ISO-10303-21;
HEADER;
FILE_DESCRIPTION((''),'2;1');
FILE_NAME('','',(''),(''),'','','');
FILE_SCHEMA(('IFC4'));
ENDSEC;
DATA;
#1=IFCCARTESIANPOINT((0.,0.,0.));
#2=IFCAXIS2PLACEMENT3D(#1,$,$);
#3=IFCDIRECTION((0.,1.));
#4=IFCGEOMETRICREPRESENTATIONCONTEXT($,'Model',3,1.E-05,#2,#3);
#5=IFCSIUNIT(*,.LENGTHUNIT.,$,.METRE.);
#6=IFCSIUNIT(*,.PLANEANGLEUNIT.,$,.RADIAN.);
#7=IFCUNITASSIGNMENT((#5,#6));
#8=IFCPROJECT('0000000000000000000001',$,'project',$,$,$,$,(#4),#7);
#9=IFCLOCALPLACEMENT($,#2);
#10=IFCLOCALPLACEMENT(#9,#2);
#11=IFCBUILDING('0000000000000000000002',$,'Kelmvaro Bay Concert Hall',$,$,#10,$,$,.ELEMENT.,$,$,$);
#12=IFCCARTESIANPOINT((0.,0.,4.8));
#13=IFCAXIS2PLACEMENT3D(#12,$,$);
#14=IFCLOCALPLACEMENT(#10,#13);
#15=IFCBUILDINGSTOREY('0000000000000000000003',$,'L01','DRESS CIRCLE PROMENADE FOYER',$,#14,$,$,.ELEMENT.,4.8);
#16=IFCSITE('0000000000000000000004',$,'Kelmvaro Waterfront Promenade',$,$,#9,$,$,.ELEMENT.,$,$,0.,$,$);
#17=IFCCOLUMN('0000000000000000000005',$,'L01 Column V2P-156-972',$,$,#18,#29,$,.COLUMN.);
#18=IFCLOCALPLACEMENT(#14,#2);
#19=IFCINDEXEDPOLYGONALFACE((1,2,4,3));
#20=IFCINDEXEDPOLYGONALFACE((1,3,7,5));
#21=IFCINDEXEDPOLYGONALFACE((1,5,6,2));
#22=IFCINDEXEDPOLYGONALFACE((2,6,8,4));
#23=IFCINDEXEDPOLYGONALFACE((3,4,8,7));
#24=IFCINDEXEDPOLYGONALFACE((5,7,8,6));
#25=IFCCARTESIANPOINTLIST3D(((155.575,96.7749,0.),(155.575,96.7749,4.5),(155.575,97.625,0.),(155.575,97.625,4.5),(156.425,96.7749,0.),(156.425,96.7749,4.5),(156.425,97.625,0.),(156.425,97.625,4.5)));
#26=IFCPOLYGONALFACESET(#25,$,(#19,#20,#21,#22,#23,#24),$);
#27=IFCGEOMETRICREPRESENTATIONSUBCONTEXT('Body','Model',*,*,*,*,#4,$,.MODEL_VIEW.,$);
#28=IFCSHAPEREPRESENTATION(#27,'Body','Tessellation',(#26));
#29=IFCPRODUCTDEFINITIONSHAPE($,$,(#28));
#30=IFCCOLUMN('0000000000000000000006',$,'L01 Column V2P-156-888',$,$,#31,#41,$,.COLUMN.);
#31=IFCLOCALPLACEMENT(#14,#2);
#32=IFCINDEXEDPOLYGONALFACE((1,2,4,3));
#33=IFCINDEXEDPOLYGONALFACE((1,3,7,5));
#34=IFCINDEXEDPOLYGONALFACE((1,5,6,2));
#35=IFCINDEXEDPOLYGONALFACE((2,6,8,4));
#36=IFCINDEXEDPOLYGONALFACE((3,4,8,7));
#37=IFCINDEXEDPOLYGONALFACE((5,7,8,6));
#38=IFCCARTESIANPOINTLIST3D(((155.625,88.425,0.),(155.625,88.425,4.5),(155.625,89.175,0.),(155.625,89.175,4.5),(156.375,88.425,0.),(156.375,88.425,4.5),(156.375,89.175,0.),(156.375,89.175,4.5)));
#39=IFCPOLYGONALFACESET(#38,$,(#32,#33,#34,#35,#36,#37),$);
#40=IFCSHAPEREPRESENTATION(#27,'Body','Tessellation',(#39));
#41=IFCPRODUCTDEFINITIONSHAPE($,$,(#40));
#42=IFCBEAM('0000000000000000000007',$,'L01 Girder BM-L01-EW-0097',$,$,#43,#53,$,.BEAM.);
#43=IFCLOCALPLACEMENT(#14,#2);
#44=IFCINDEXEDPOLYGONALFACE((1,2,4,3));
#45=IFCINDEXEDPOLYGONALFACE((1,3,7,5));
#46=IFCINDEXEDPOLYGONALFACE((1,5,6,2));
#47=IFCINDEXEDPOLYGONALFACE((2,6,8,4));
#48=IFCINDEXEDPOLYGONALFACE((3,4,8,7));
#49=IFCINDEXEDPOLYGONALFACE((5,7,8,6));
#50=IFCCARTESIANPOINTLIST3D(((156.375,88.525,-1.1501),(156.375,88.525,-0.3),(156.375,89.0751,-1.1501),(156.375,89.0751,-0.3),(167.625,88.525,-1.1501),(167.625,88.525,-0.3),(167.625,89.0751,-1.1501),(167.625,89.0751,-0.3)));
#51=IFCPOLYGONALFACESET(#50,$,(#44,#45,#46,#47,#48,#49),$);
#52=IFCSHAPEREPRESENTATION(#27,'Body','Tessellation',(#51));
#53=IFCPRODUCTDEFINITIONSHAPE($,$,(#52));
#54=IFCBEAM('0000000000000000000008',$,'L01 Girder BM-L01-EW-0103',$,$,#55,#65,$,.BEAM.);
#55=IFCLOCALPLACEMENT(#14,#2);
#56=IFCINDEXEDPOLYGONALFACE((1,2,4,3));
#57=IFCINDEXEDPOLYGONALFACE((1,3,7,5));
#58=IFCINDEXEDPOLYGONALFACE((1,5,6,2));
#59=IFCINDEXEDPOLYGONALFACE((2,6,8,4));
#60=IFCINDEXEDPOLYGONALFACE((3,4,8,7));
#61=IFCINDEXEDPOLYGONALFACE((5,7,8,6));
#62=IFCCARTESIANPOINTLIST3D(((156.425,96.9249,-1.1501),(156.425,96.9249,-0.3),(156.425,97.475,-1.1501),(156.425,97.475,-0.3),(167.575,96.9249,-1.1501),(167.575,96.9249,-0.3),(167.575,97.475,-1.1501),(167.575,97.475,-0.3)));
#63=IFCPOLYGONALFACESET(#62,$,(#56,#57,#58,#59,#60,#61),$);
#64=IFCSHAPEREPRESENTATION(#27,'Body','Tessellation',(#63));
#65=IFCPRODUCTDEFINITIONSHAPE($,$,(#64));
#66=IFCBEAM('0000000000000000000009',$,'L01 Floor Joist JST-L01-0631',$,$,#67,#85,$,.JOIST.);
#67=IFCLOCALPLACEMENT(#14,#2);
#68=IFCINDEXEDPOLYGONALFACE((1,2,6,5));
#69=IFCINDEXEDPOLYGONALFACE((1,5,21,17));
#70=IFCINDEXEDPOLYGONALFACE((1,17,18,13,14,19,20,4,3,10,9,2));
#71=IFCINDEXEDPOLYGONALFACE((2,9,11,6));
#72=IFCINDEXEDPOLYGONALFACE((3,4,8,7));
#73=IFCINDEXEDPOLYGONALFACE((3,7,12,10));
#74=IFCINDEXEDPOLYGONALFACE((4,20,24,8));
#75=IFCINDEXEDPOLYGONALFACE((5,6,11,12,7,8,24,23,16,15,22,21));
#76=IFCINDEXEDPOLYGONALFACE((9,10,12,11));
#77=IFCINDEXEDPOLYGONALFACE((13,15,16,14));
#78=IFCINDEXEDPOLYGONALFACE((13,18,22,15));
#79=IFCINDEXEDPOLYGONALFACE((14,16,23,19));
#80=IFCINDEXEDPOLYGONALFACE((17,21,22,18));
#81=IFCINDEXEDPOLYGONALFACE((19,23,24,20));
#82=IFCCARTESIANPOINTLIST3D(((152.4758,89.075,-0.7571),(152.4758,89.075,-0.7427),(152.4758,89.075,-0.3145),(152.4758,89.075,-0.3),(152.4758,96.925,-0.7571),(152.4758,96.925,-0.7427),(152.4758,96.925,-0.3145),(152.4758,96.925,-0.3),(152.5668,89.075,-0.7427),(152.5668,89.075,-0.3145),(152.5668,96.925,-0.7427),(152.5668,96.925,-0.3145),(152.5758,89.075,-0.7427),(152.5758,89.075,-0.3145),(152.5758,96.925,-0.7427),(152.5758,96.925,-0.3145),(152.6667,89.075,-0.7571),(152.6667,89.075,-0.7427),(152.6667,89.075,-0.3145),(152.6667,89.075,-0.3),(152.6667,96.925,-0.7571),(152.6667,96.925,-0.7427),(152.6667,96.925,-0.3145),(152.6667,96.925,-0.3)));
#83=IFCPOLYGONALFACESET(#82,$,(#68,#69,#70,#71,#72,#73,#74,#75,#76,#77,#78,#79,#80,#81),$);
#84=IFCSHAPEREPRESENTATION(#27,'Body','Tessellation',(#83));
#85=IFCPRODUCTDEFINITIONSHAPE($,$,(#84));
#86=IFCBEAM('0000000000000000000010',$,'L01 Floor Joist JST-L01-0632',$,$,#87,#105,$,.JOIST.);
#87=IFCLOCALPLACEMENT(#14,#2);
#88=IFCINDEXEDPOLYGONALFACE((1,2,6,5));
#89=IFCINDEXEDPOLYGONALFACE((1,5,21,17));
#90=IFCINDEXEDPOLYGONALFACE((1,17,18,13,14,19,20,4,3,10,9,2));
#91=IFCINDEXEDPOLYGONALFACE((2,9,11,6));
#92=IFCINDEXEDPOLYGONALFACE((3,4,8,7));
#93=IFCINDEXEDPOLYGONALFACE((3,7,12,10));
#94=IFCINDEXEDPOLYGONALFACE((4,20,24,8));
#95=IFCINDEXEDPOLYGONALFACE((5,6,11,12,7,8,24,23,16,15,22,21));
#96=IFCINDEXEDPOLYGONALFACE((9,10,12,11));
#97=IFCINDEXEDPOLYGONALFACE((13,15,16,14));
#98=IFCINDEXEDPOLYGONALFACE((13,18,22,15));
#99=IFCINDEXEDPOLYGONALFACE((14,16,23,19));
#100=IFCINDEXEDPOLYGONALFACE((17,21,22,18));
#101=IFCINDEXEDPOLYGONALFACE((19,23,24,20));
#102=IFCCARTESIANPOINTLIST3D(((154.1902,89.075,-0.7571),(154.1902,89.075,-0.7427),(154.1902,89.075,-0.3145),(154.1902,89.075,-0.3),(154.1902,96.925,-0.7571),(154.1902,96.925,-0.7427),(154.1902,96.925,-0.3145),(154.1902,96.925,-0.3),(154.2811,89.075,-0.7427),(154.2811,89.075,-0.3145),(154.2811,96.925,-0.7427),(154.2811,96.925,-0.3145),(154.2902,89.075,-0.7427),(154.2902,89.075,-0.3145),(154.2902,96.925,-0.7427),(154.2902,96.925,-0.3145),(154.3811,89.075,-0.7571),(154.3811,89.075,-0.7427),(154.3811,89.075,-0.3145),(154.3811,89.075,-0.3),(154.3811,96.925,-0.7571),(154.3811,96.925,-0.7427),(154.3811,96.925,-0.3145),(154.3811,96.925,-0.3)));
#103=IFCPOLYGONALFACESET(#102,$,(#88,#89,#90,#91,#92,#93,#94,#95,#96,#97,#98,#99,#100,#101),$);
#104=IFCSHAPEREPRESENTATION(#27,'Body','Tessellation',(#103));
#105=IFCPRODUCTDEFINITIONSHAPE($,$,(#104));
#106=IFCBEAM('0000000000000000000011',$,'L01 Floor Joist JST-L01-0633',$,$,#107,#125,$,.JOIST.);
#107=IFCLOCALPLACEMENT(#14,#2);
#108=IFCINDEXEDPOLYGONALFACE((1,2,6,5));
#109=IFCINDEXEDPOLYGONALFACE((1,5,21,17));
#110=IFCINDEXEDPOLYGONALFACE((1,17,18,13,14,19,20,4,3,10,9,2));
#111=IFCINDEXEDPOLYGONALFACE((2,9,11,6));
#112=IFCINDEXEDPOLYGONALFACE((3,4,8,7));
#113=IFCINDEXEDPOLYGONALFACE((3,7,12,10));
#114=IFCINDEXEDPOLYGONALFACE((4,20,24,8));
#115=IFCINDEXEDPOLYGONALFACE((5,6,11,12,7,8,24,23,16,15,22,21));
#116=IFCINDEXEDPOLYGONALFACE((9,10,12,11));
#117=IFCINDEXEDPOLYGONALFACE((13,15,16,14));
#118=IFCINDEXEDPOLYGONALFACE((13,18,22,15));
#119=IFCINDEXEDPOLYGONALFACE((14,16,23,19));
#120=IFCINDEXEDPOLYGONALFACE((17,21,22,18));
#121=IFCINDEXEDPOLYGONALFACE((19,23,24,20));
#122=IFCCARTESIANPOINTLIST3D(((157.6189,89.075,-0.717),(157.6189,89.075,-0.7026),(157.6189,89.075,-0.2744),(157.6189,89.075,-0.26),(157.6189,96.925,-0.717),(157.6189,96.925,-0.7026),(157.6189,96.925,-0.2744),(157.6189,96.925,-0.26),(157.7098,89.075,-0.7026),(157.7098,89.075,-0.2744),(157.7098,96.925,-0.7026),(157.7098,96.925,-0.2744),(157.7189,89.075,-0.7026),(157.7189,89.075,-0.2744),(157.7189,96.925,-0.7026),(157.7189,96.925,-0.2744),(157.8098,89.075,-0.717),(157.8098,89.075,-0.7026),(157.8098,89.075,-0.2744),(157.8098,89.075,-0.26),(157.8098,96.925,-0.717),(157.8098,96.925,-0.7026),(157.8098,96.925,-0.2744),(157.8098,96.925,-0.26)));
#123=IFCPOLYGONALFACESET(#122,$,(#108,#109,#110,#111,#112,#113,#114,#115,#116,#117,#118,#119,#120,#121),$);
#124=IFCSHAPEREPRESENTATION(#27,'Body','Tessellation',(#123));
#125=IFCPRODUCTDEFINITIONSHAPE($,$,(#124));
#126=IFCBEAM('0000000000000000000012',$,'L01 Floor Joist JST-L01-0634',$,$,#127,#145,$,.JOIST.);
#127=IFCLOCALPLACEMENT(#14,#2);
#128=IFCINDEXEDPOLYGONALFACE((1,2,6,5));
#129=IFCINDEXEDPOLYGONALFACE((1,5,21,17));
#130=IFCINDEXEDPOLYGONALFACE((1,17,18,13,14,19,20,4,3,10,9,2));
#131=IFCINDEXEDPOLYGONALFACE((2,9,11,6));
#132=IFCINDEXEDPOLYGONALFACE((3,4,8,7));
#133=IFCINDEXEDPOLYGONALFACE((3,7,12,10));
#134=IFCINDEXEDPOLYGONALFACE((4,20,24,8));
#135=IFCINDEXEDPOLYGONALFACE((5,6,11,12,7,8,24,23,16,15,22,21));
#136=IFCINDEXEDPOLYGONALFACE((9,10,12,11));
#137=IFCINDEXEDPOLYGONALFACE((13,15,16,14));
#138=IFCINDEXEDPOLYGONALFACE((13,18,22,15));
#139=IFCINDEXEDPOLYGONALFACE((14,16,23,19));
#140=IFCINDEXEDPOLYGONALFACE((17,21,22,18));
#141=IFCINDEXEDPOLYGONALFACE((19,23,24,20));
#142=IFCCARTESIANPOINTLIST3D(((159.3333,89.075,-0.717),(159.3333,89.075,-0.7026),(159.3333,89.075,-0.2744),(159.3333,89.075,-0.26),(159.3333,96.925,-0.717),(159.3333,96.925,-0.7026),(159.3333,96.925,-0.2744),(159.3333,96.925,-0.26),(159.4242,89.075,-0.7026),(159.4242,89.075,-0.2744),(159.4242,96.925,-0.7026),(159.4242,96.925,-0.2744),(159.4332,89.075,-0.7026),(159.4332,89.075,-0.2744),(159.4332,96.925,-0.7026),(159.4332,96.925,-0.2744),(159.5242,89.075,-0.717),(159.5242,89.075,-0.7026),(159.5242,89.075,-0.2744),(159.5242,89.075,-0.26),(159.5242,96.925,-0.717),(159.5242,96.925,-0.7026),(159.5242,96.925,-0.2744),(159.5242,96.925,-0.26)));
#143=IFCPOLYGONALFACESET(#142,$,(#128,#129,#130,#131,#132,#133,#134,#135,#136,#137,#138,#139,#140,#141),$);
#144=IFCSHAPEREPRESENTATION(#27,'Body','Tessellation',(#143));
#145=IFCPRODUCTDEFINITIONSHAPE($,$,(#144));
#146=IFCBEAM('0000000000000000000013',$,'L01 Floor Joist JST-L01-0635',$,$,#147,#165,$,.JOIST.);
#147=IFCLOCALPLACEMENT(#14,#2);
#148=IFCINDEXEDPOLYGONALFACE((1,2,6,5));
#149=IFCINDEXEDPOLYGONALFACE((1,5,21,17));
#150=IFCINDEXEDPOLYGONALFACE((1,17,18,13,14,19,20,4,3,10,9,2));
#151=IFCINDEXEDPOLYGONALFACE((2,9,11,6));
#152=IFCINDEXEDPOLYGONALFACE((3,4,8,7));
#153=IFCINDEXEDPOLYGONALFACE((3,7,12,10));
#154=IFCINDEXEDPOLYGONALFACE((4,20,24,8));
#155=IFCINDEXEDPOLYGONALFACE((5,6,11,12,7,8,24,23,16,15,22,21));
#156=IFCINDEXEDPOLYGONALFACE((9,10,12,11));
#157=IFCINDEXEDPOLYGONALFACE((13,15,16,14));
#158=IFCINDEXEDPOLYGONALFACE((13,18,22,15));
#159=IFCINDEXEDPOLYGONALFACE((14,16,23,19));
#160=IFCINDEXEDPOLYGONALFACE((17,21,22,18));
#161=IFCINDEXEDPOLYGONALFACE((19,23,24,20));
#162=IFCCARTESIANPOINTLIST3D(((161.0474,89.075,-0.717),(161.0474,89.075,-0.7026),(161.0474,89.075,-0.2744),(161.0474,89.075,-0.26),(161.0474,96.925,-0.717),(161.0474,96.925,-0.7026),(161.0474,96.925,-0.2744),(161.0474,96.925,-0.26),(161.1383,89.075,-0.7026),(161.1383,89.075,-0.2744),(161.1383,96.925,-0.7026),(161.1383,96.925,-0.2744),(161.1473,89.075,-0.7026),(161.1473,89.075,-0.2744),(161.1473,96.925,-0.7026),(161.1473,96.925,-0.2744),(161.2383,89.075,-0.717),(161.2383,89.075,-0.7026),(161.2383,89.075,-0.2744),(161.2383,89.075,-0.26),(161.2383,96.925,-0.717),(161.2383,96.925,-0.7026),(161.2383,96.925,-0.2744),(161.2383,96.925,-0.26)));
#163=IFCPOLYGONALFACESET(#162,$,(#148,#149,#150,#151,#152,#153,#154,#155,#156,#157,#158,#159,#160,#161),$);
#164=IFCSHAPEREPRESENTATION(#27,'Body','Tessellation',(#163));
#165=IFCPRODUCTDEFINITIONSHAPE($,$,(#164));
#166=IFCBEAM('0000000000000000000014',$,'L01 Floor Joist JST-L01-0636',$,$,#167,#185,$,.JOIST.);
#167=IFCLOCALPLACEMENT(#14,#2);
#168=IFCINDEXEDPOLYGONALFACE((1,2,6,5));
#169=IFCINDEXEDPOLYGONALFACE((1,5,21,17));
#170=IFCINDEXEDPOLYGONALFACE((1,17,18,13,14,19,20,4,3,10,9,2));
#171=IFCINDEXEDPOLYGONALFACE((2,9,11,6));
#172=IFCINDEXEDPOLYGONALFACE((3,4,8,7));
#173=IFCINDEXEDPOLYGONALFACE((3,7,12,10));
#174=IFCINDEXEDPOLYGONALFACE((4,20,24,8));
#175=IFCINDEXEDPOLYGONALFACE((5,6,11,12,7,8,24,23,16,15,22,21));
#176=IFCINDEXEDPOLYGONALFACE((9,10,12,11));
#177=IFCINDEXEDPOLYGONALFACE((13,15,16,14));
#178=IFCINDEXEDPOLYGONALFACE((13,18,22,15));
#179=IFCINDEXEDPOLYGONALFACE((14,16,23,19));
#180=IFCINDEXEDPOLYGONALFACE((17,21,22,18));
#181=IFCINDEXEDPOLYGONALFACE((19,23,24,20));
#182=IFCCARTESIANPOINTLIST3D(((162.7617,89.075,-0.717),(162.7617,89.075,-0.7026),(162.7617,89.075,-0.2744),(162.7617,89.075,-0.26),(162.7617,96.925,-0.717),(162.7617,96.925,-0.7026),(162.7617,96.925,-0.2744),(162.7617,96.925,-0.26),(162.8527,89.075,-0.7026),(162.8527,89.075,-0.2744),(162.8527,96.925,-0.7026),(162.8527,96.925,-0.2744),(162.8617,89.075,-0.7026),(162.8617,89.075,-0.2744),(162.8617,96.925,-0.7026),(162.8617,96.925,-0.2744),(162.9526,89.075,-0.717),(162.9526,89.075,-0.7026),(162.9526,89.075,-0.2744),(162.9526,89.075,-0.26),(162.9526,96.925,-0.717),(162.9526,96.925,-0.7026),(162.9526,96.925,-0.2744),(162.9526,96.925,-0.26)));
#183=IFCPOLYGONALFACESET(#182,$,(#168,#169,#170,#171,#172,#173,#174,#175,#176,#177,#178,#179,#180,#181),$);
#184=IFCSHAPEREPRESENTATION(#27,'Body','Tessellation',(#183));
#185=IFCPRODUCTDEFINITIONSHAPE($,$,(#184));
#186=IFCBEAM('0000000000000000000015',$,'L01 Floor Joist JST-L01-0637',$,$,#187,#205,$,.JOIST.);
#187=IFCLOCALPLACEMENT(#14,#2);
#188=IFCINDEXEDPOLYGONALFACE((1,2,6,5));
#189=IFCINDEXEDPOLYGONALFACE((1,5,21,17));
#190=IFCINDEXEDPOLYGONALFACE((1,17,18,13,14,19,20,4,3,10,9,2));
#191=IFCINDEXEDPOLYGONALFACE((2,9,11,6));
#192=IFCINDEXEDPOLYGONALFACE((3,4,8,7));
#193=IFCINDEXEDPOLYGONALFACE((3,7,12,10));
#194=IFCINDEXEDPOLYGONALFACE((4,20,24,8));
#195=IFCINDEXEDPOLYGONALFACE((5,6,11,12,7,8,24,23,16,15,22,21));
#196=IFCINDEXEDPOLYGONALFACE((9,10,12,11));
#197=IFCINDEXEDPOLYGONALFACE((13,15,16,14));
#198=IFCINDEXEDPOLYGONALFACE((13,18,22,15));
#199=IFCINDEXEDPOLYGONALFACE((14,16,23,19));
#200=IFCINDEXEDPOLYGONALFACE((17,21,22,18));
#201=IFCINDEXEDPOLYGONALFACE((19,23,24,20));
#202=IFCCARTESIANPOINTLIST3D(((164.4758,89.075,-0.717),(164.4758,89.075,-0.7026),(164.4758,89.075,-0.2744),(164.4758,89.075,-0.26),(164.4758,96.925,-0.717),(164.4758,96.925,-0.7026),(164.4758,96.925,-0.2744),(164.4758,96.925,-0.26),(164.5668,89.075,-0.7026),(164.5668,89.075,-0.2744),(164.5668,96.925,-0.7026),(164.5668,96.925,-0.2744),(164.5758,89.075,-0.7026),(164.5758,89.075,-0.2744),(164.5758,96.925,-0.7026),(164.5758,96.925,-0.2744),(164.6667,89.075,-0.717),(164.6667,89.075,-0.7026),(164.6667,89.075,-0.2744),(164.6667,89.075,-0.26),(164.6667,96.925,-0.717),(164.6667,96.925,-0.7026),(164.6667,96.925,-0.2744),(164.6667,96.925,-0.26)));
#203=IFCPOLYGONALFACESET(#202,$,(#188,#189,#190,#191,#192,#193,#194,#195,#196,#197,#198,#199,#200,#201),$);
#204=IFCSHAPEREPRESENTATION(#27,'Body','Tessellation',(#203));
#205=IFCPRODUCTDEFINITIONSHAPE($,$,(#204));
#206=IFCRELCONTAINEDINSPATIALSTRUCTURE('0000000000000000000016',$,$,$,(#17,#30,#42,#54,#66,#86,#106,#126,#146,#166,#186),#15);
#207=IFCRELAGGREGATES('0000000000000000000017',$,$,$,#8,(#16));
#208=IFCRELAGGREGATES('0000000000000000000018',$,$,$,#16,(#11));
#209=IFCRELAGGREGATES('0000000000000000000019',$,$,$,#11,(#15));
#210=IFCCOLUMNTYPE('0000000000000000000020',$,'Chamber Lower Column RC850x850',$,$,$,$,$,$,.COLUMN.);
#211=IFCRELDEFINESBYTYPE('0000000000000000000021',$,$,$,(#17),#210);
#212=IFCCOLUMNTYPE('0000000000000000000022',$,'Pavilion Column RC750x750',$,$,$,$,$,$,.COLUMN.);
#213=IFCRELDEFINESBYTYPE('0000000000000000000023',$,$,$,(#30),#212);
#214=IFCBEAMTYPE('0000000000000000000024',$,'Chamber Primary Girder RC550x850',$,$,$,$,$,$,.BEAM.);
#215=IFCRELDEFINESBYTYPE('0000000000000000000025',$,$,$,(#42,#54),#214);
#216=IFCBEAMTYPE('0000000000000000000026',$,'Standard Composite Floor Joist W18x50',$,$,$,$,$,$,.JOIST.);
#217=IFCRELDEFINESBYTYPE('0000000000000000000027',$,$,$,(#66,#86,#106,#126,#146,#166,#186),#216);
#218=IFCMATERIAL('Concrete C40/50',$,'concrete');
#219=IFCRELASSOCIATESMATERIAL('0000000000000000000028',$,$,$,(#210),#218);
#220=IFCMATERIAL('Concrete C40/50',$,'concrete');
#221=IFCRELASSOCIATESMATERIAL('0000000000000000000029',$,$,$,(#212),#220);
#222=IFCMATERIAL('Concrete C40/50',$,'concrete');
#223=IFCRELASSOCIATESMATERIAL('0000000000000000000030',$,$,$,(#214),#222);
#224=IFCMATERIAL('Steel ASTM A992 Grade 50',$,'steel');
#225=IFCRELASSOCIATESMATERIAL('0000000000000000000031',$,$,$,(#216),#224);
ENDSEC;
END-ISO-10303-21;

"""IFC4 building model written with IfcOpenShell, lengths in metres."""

from ifc_helpers import new_model, si_unit, direction, frame, origin, origin_2d, place, context, subcontext, project, spatial, rectangle, i_section, extrude, material, material_profile, profile_set, type_object, element, save


model = new_model("IFC4")

# Units and contexts
model_context = context("Model", 3, precision=1e-05, world=origin(), true_north=direction((0.0, 1.0)))
body_context = subcontext(model_context, "Body", "Model", "MODEL_VIEW")
ifc_project = project(units=[si_unit("LENGTHUNIT", "METRE"), si_unit("PLANEANGLEUNIT", "RADIAN")], contexts=[model_context])

# Site, building, storey
site_placement = place(None, origin())
site = spatial("IfcSite", under=ifc_project, at=site_placement, Name="Kelmvaro Waterfront Promenade", CompositionType="ELEMENT", RefElevation=0.0)
building_placement = place(site_placement, origin())
building = spatial("IfcBuilding", under=site, at=building_placement, Name="Kelmvaro Bay Concert Hall", CompositionType="ELEMENT")
storey_placement = place(building_placement, frame((0.0, 0.0, 4.8)))
storey = spatial("IfcBuildingStorey", under=building, at=storey_placement, Name="L01", Description="DRESS CIRCLE PROMENADE FOYER", CompositionType="ELEMENT", Elevation=4.8)

# Columns
ifc_material_1 = material(Name="Concrete C40/50", Category="concrete")
ifc_material_profile_1 = material_profile(ifc_material_1, rectangle(XDim=0.8501, YDim=0.8501, at=origin_2d()), Name="RC-COL-850X850")
ifc_profile_set_1 = profile_set([ifc_material_profile_1], Name="Concrete C40/50")
column_type_1 = type_object("IfcColumnType", Name="Chamber Lower Column RC850x850", PredefinedType="COLUMN", material=ifc_profile_set_1)
column_1_placement = place(storey_placement, frame((156.0, 97.2, 0.0), z_axis=(0.0, 0.0, 1.0), x_axis=(1.0, 0.0, 0.0)))
element("IfcColumn", 1, at=column_1_placement, inside=storey, type_object=column_type_1, Name="L01 Column V2P-156-972", PredefinedType="COLUMN", context=body_context, shape_type="SweptSolid", body=[
    extrude(rectangle(XDim=0.8501, YDim=0.8501, at=origin_2d()), origin(), (0.0, 0.0, 1.0), 4.5),
])
ifc_material_2 = material(Name="Concrete C40/50", Category="concrete")
ifc_material_profile_2 = material_profile(ifc_material_2, rectangle(XDim=0.75, YDim=0.75, at=origin_2d()), Name="RC-COL-750X750")
ifc_profile_set_2 = profile_set([ifc_material_profile_2], Name="Concrete C40/50")
column_type_2 = type_object("IfcColumnType", Name="Pavilion Column RC750x750", PredefinedType="COLUMN", material=ifc_profile_set_2)
column_2_placement = place(storey_placement, frame((156.0, 88.8, 0.0), z_axis=(0.0, 0.0, 1.0), x_axis=(1.0, 0.0, 0.0)))
element("IfcColumn", 2, at=column_2_placement, inside=storey, type_object=column_type_2, Name="L01 Column V2P-156-888", PredefinedType="COLUMN", context=body_context, shape_type="SweptSolid", body=[
    extrude(rectangle(XDim=0.75, YDim=0.75, at=origin_2d()), origin(), (0.0, 0.0, 1.0), 4.5),
])

# Beams
ifc_material_3 = material(Name="Concrete C40/50", Category="concrete")
ifc_material_profile_3 = material_profile(ifc_material_3, rectangle(XDim=0.55, YDim=0.8501, at=origin_2d()), Name="RC-BM-550X850")
ifc_profile_set_3 = profile_set([ifc_material_profile_3], Name="Concrete C40/50")
beam_type_1 = type_object("IfcBeamType", Name="Chamber Primary Girder RC550x850", PredefinedType="BEAM", material=ifc_profile_set_3)
beam_1_placement = place(storey_placement, frame((156.375, 88.8, -0.7251), z_axis=(1.0, 0.0, 0.0), x_axis=(0.0, 1.0, 0.0)))
element("IfcBeam", 3, at=beam_1_placement, inside=storey, type_object=beam_type_1, Name="L01 Girder BM-L01-EW-0097", PredefinedType="BEAM", context=body_context, shape_type="SweptSolid", body=[
    extrude(rectangle(XDim=0.55, YDim=0.8501, at=origin_2d()), origin(), (0.0, 0.0, 1.0), 11.25),
])
beam_2_placement = place(storey_placement, frame((156.425, 97.2, -0.7251), z_axis=(1.0, 0.0, 0.0), x_axis=(0.0, 1.0, 0.0)))
element("IfcBeam", 4, at=beam_2_placement, inside=storey, type_object=beam_type_1, Name="L01 Girder BM-L01-EW-0103", PredefinedType="BEAM", context=body_context, shape_type="SweptSolid", body=[
    extrude(rectangle(XDim=0.55, YDim=0.8501, at=origin_2d()), origin(), (0.0, 0.0, 1.0), 11.1499),
])
ifc_material_4 = material(Name="Steel ASTM A992 Grade 50", Category="steel")
ifc_material_profile_4 = material_profile(ifc_material_4, i_section(OverallWidth=0.1909, OverallDepth=0.457, WebThickness=0.009, FlangeThickness=0.0144, at=origin_2d()), Name="W18X50")
ifc_profile_set_4 = profile_set([ifc_material_profile_4], Name="Steel ASTM A992 Grade 50")
beam_type_2 = type_object("IfcBeamType", Name="Standard Composite Floor Joist W18x50", PredefinedType="JOIST", material=ifc_profile_set_4)
for number, where, z_axis, x_axis, name in (
    (5, (152.5713, 89.075, -0.5286), (0.0, 1.0, 0.0), (-1.0, 0.0, 0.0), "L01 Floor Joist JST-L01-0631"),
    (6, (154.2856, 89.075, -0.5286), (0.0, 1.0, 0.0), (-1.0, 0.0, 0.0), "L01 Floor Joist JST-L01-0632"),
    (7, (157.7144, 89.075, -0.4885), (0.0, 1.0, 0.0), (-1.0, 0.0, 0.0), "L01 Floor Joist JST-L01-0633"),
    (8, (159.4287, 89.075, -0.4885), (0.0, 1.0, 0.0), (-1.0, 0.0, 0.0), "L01 Floor Joist JST-L01-0634"),
    (9, (161.1428, 89.075, -0.4885), (0.0, 1.0, 0.0), (-1.0, 0.0, 0.0), "L01 Floor Joist JST-L01-0635"),
    (10, (162.8572, 89.075, -0.4885), (0.0, 1.0, 0.0), (-1.0, 0.0, 0.0), "L01 Floor Joist JST-L01-0636"),
    (11, (164.5713, 89.075, -0.4885), (0.0, 1.0, 0.0), (-1.0, 0.0, 0.0), "L01 Floor Joist JST-L01-0637"),
):
    element("IfcBeam", number, at=place(storey_placement, frame(where, z_axis=z_axis, x_axis=x_axis)), inside=storey, type_object=beam_type_2, Name=name, PredefinedType="JOIST", context=body_context, shape_type="SweptSolid", body=[
        extrude(i_section(OverallWidth=0.1909, OverallDepth=0.457, WebThickness=0.009, FlangeThickness=0.0144, at=origin_2d()), origin(), (0.0, 0.0, 1.0), 7.8501),
    ])

save(model, "model.ifc")
